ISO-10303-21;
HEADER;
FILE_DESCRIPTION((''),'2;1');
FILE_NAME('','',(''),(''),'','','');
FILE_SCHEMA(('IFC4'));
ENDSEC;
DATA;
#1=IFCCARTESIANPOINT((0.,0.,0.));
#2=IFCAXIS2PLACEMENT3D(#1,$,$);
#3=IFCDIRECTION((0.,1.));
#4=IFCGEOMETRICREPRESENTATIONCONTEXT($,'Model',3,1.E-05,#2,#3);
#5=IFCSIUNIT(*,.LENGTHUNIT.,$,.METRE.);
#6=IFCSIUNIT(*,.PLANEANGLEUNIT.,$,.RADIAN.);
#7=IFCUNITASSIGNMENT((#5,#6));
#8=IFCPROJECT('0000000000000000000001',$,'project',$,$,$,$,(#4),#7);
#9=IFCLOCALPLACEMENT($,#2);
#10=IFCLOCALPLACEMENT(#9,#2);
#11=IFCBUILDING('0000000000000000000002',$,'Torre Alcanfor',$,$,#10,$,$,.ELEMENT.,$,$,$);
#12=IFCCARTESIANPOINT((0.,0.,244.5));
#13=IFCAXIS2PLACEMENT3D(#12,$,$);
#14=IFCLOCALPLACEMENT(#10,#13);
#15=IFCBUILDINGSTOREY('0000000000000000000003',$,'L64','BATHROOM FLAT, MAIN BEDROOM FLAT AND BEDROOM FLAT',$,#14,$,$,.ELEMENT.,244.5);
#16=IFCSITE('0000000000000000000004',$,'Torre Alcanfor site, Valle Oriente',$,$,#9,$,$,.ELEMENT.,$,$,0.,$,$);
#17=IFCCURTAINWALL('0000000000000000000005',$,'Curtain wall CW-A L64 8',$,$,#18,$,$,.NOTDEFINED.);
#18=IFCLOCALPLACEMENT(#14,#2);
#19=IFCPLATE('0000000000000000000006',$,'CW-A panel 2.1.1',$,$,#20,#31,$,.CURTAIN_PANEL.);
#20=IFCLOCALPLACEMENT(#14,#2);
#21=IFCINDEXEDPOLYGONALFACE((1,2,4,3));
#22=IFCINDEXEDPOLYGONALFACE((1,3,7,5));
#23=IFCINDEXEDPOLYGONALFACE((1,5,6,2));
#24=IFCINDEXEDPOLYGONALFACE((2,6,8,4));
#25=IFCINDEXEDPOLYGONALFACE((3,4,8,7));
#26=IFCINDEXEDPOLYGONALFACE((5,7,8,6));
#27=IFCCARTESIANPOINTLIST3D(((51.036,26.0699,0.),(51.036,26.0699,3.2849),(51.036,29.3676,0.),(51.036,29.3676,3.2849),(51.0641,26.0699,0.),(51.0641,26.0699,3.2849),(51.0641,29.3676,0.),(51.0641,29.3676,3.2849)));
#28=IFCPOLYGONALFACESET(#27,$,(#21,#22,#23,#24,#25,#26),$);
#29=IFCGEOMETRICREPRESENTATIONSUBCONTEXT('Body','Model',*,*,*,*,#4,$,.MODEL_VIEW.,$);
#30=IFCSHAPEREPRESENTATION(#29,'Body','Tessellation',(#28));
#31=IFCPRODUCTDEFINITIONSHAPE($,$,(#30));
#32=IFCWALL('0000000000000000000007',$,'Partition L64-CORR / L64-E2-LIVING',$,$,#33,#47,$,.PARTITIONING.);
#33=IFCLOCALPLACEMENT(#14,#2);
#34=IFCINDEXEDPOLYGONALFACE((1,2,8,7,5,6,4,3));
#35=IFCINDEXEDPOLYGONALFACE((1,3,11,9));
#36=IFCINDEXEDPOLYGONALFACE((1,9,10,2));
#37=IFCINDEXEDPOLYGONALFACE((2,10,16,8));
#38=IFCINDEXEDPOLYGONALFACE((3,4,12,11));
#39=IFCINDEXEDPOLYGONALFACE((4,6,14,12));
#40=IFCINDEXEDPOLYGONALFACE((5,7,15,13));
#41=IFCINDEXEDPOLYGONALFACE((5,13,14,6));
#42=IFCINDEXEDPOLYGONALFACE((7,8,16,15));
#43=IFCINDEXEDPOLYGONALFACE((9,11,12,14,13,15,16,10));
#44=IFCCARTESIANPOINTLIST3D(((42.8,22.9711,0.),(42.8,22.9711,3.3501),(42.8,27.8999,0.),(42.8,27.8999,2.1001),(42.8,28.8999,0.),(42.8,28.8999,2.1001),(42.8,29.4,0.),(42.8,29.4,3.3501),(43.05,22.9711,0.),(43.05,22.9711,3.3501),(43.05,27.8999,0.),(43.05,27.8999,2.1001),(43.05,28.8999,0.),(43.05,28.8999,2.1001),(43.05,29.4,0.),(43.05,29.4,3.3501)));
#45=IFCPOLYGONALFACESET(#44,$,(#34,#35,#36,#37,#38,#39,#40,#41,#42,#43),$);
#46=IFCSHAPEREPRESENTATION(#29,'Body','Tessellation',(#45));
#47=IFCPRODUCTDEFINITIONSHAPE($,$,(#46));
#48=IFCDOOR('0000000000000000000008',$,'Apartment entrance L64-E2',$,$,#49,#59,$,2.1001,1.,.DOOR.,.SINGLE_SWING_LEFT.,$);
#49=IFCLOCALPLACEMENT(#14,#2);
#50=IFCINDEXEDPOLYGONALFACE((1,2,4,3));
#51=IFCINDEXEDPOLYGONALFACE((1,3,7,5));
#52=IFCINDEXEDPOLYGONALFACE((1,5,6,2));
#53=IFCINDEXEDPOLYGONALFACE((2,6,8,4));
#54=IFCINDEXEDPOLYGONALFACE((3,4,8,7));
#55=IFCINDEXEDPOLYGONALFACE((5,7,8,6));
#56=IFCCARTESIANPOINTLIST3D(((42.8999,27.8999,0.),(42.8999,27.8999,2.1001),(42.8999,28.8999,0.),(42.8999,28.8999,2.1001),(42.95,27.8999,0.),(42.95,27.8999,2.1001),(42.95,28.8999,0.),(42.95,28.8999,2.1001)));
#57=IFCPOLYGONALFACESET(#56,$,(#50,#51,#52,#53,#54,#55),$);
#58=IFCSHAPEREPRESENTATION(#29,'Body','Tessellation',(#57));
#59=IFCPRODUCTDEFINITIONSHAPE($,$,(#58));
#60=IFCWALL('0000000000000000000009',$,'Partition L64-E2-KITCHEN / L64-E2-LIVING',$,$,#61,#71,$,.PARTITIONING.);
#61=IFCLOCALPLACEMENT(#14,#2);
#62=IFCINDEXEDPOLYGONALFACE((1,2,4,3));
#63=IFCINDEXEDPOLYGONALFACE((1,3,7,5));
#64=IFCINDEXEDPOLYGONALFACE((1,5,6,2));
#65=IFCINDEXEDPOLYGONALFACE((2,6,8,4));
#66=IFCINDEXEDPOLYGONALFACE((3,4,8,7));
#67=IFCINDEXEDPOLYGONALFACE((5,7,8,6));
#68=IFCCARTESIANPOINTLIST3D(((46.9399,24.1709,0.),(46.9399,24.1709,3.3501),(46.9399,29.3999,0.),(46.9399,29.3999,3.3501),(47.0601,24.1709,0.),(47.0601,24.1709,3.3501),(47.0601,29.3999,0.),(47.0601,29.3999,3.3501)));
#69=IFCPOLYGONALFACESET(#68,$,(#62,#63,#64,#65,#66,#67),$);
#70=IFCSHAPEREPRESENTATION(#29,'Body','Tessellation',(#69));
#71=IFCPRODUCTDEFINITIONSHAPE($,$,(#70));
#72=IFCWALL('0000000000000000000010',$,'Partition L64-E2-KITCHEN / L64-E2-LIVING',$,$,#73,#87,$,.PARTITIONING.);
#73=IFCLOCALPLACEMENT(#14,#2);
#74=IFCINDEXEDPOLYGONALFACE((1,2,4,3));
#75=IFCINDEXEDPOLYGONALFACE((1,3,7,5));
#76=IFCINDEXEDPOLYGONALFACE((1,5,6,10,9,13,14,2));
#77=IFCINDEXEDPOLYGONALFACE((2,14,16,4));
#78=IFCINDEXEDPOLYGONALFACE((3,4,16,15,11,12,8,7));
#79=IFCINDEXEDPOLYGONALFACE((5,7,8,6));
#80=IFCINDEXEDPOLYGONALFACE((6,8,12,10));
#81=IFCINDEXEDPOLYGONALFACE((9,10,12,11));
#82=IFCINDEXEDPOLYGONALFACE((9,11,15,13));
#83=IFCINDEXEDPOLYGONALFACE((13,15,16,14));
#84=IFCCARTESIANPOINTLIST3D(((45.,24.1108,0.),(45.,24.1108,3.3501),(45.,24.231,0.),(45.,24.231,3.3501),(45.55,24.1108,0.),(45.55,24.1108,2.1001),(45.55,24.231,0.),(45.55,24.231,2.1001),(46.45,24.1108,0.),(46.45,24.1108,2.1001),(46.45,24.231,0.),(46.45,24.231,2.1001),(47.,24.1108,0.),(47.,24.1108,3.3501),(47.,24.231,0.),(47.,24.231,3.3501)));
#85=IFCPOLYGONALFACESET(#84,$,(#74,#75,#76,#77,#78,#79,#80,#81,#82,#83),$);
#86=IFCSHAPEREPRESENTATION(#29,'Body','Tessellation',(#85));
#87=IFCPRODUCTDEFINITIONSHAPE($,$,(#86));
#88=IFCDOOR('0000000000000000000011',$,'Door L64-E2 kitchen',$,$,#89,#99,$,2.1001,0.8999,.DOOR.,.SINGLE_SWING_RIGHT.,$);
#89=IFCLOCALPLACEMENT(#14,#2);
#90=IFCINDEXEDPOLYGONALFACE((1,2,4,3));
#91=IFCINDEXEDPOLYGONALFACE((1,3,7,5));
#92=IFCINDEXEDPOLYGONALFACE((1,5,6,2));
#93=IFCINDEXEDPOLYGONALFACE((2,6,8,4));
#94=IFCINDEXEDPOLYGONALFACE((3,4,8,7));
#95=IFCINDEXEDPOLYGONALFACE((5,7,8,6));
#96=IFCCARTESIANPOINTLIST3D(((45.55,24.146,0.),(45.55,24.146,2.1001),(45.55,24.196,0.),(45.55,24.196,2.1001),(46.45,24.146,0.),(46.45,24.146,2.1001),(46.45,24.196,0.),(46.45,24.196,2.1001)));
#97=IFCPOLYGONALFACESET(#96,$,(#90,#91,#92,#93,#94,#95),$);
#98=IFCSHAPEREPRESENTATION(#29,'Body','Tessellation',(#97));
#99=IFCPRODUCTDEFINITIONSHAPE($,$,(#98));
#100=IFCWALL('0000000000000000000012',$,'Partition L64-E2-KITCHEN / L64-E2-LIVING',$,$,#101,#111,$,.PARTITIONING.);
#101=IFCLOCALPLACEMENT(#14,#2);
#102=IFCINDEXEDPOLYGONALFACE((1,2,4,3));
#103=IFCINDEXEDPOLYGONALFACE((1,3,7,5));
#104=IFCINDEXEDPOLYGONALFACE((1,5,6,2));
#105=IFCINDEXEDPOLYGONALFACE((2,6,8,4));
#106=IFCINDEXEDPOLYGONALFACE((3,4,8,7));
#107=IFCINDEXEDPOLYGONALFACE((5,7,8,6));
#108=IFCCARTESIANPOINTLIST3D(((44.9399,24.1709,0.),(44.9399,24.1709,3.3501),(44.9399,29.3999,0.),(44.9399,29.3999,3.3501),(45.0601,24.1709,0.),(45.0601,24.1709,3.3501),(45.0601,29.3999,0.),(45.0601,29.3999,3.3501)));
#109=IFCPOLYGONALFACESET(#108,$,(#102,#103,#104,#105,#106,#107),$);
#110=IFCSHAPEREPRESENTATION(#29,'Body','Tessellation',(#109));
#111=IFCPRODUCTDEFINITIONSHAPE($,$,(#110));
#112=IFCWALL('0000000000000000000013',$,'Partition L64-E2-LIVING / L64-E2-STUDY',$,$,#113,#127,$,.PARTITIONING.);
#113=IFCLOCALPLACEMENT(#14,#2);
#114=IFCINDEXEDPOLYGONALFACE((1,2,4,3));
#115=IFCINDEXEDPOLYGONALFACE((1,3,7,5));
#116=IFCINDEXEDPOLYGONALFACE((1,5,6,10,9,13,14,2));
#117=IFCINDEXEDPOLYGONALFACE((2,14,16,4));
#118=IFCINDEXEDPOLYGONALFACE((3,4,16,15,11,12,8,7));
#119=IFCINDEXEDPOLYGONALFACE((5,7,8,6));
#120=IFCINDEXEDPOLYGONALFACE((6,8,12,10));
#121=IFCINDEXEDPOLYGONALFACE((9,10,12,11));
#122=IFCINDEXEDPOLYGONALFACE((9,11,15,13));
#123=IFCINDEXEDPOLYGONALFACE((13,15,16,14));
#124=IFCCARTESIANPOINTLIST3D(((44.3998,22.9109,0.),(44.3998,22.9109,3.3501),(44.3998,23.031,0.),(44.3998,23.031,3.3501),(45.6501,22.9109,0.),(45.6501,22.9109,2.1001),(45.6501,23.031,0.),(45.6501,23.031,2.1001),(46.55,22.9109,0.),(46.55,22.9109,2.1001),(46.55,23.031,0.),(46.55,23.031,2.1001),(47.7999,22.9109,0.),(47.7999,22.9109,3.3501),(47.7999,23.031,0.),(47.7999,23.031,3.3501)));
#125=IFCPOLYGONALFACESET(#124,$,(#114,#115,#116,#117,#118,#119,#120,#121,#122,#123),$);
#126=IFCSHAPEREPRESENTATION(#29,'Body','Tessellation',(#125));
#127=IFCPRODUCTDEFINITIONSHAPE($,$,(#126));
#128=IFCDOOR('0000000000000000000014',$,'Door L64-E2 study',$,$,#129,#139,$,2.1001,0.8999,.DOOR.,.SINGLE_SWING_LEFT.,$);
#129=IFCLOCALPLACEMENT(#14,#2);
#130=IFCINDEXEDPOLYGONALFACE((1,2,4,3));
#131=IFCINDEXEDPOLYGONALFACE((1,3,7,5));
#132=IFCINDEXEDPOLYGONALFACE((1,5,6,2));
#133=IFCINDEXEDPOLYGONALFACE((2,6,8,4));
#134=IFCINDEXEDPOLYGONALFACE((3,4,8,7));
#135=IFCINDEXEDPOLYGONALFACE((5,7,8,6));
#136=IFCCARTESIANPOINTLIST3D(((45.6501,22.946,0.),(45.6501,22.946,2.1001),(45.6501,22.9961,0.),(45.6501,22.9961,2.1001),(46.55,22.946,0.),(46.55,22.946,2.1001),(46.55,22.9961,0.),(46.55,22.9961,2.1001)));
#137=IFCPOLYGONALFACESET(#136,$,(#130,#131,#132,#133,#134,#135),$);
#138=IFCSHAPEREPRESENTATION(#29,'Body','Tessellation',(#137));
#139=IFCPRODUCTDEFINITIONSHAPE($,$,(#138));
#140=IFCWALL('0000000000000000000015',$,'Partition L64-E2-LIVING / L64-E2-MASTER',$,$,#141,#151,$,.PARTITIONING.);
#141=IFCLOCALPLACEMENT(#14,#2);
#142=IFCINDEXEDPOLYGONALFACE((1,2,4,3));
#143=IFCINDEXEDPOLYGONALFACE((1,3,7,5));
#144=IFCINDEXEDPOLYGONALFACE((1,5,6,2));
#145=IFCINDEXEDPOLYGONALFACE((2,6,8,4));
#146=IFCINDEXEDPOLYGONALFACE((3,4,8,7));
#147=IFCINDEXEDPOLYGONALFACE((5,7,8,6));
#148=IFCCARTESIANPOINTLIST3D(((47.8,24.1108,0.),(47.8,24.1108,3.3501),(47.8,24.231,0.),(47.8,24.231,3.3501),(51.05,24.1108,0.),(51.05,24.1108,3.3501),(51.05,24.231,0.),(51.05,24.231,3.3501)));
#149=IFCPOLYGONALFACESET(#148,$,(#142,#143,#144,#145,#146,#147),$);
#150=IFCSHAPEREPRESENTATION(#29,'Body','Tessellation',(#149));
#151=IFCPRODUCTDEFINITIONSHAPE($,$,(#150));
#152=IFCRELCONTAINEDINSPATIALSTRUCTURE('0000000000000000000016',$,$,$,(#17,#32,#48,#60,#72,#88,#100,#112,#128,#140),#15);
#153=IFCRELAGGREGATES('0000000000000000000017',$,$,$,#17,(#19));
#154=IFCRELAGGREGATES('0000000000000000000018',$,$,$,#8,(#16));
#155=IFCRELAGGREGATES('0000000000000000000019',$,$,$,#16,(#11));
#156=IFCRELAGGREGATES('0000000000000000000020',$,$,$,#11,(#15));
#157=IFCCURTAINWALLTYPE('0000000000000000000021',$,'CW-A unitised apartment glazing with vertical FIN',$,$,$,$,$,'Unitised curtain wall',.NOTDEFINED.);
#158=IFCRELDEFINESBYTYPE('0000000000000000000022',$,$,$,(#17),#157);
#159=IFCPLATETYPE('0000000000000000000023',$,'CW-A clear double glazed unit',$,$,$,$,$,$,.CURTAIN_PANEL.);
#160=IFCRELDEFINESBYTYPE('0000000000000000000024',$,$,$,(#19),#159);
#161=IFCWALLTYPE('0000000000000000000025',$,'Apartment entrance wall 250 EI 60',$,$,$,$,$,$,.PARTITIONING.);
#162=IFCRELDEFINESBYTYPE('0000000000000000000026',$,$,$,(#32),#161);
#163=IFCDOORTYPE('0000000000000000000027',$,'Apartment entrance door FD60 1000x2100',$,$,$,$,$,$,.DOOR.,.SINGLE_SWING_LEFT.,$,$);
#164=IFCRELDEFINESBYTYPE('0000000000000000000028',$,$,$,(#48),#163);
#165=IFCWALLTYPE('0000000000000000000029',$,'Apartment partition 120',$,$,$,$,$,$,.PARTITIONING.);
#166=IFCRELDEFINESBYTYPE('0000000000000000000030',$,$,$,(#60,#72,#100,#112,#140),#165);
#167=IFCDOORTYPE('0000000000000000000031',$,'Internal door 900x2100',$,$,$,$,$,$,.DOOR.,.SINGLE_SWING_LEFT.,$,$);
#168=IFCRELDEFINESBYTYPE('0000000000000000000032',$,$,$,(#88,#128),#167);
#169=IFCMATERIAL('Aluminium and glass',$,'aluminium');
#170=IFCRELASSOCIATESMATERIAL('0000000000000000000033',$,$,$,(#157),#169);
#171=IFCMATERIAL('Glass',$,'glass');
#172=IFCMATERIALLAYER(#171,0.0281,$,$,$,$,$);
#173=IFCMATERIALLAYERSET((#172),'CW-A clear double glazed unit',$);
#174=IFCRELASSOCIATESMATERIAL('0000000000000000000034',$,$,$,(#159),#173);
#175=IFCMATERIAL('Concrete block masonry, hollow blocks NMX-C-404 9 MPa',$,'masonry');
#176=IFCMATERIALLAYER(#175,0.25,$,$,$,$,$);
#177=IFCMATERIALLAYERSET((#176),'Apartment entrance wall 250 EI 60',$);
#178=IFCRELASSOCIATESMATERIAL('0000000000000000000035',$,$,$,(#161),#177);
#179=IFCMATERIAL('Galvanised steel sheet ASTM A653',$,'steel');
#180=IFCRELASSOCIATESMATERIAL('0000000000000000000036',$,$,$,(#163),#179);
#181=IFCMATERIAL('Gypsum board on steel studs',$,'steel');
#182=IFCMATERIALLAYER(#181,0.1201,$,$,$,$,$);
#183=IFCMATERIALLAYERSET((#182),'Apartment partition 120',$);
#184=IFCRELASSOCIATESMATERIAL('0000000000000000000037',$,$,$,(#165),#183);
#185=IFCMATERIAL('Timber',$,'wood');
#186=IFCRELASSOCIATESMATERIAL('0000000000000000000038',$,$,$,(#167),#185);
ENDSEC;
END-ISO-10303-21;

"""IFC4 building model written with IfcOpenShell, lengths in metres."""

from ifc_helpers import new_model, si_unit, direction, frame, frame_2d, origin, origin_2d, place, context, subcontext, project, spatial, rectangle, extrude, material, layer, layer_set, type_object, element, fill, aggregate, save


model = new_model("IFC4")

# Units and contexts
model_context = context("Model", 3, precision=1e-05, world=origin(), true_north=direction((0.0, 1.0)))
body_context = subcontext(model_context, "Body", "Model", "MODEL_VIEW")
ifc_project = project(units=[si_unit("LENGTHUNIT", "METRE"), si_unit("PLANEANGLEUNIT", "RADIAN")], contexts=[model_context])

# Site, building, storey
site_placement = place(None, origin())
site = spatial("IfcSite", under=ifc_project, at=site_placement, Name="Torre Alcanfor site, Valle Oriente", CompositionType="ELEMENT", RefElevation=0.0)
building_placement = place(site_placement, origin())
building = spatial("IfcBuilding", under=site, at=building_placement, Name="Torre Alcanfor", CompositionType="ELEMENT")
storey_placement = place(building_placement, frame((0.0, 0.0, 244.5)))
storey = spatial("IfcBuildingStorey", under=building, at=storey_placement, Name="L64", Description="BATHROOM FLAT, MAIN BEDROOM FLAT AND BEDROOM FLAT", CompositionType="ELEMENT", Elevation=244.5)

# Curtain wall
ifc_material_1 = material(Name="Aluminium and glass", Category="aluminium")
curtain_wall_type = type_object("IfcCurtainWallType", Name="CW-A unitised apartment glazing with vertical FIN", ElementType="Unitised curtain wall", PredefinedType="NOTDEFINED", material=ifc_material_1)
curtain_wall_placement = place(storey_placement, origin())
curtain_wall = element("IfcCurtainWall", 1, at=curtain_wall_placement, inside=storey, type_object=curtain_wall_type, Name="Curtain wall CW-A L64 8", PredefinedType="NOTDEFINED")

# Plate
ifc_material_2 = material(Name="Glass", Category="glass")
ifc_layer_1 = layer(ifc_material_2, 0.0281)
ifc_layer_set_1 = layer_set([ifc_layer_1], Name="CW-A clear double glazed unit")
plate_type = type_object("IfcPlateType", Name="CW-A clear double glazed unit", PredefinedType="CURTAIN_PANEL", material=ifc_layer_set_1)
plate_placement = place(storey_placement, frame((51.05, 27.7188, 0.0), z_axis=(0.0, 0.0, 1.0), x_axis=(0.0, 1.0, 0.0)))
plate = element("IfcPlate", 2, at=plate_placement, type_object=plate_type, Name="CW-A panel 2.1.1", PredefinedType="CURTAIN_PANEL", context=body_context, shape_type="SweptSolid", body=[
    extrude(rectangle(XDim=3.2976, YDim=0.0281, at=origin_2d()), origin(), (0.0, 0.0, 1.0), 3.2849),
])
aggregate(curtain_wall, [plate])

# Wall, opening, door
ifc_material_3 = material(Name="Concrete block masonry, hollow blocks NMX-C-404 9 MPa", Category="masonry")
ifc_layer_2 = layer(ifc_material_3, 0.25)
ifc_layer_set_2 = layer_set([ifc_layer_2], Name="Apartment entrance wall 250 EI 60")
wall_type_1 = type_object("IfcWallType", Name="Apartment entrance wall 250 EI 60", PredefinedType="PARTITIONING", material=ifc_layer_set_2)
wall_1_placement = place(storey_placement, frame((42.925, 29.3999, 0.0), z_axis=(0.0, 0.0, 1.0), x_axis=(0.0, -1.0, 0.0)))
wall_1 = element("IfcWall", 3, at=wall_1_placement, inside=storey, type_object=wall_type_1, Name="Partition L64-CORR / L64-E2-LIVING", PredefinedType="PARTITIONING", context=body_context, shape_type="SweptSolid", body=[
    extrude(rectangle(XDim=6.429, YDim=0.25, at=frame_2d((3.2144, 0.0))), origin(), (0.0, 0.0, 1.0), 3.3501),
])
opening_1_placement = place(wall_1_placement, frame((0.5, 0.0, 0.0)))
opening_1 = element("IfcOpeningElement", 4, at=opening_1_placement, cuts=wall_1, PredefinedType="OPENING", context=body_context, shape_type="SweptSolid", body=[
    extrude(rectangle(XDim=1.0, YDim=2.1001, at=frame_2d((0.5, 1.05))), frame((0.0, 0.135, 0.0), z_axis=(0.0, -1.0, 0.0), x_axis=(1.0, 0.0, 0.0)), (0.0, 0.0, 1.0), 0.27),
])
ifc_material_4 = material(Name="Galvanised steel sheet ASTM A653", Category="steel")
door_type_1 = type_object("IfcDoorType", Name="Apartment entrance door FD60 1000x2100", OperationType="SINGLE_SWING_LEFT", PredefinedType="DOOR", material=ifc_material_4)
door_1_placement = place(opening_1_placement, origin())
door_1 = element("IfcDoor", 5, at=door_1_placement, inside=storey, type_object=door_type_1, Name="Apartment entrance L64-E2", OperationType="SINGLE_SWING_LEFT", OverallHeight=2.1001, OverallWidth=1.0, PredefinedType="DOOR", context=body_context, shape_type="SweptSolid", body=[
    extrude(rectangle(XDim=1.0, YDim=2.1001, at=frame_2d((0.5, 1.05))), frame((0.0, 0.0249, 0.0), z_axis=(0.0, -1.0, 0.0), x_axis=(1.0, 0.0, 0.0)), (0.0, 0.0, 1.0), 0.05),
])
fill(opening_1, door_1)

# Wall
ifc_material_5 = material(Name="Gypsum board on steel studs", Category="steel")
ifc_layer_3 = layer(ifc_material_5, 0.1201)
ifc_layer_set_3 = layer_set([ifc_layer_3], Name="Apartment partition 120")
wall_type_2 = type_object("IfcWallType", Name="Apartment partition 120", PredefinedType="PARTITIONING", material=ifc_layer_set_3)
wall_2_placement = place(storey_placement, frame((47.0, 29.3999, 0.0), z_axis=(0.0, 0.0, 1.0), x_axis=(0.0, -1.0, 0.0)))
element("IfcWall", 6, at=wall_2_placement, inside=storey, type_object=wall_type_2, Name="Partition L64-E2-KITCHEN / L64-E2-LIVING", PredefinedType="PARTITIONING", context=body_context, shape_type="SweptSolid", body=[
    extrude(rectangle(XDim=5.229, YDim=0.1201, at=frame_2d((2.6145, 0.0))), origin(), (0.0, 0.0, 1.0), 3.3501),
])

# Wall, opening, door
wall_3_placement = place(storey_placement, frame((47.0, 24.1709, 0.0), z_axis=(0.0, 0.0, 1.0), x_axis=(-1.0, 0.0, 0.0)))
wall_3 = element("IfcWall", 7, at=wall_3_placement, inside=storey, type_object=wall_type_2, Name="Partition L64-E2-KITCHEN / L64-E2-LIVING", PredefinedType="PARTITIONING", context=body_context, shape_type="SweptSolid", body=[
    extrude(rectangle(XDim=2.0, YDim=0.1201, at=frame_2d((1.0, 0.0))), origin(), (0.0, 0.0, 1.0), 3.3501),
])
opening_2_placement = place(wall_3_placement, frame((0.55, 0.0, 0.0)))
opening_2 = element("IfcOpeningElement", 8, at=opening_2_placement, cuts=wall_3, PredefinedType="OPENING", context=body_context, shape_type="SweptSolid", body=[
    extrude(rectangle(XDim=0.8999, YDim=2.1001, at=frame_2d((0.45, 1.05))), frame((0.0, 0.0701, 0.0), z_axis=(0.0, -1.0, 0.0), x_axis=(1.0, 0.0, 0.0)), (0.0, 0.0, 1.0), 0.1401),
])
ifc_material_6 = material(Name="Timber", Category="wood")
door_type_2 = type_object("IfcDoorType", Name="Internal door 900x2100", OperationType="SINGLE_SWING_LEFT", PredefinedType="DOOR", material=ifc_material_6)
door_2_placement = place(opening_2_placement, frame((0.8999, 0.0, 0.0), z_axis=(0.0, 0.0, 1.0), x_axis=(-1.0, 0.0, 0.0)))
door_2 = element("IfcDoor", 9, at=door_2_placement, inside=storey, type_object=door_type_2, Name="Door L64-E2 kitchen", OperationType="SINGLE_SWING_RIGHT", OverallHeight=2.1001, OverallWidth=0.8999, PredefinedType="DOOR", context=body_context, shape_type="SweptSolid", body=[
    extrude(rectangle(XDim=0.8999, YDim=2.1001, at=frame_2d((0.45, 1.05))), frame((0.0, 0.0251, 0.0), z_axis=(0.0, -1.0, 0.0), x_axis=(1.0, 0.0, 0.0)), (0.0, 0.0, 1.0), 0.05),
])
fill(opening_2, door_2)

# Wall
wall_4_placement = place(storey_placement, frame((45.0, 24.1709, 0.0), z_axis=(0.0, 0.0, 1.0), x_axis=(0.0, 1.0, 0.0)))
element("IfcWall", 10, at=wall_4_placement, inside=storey, type_object=wall_type_2, Name="Partition L64-E2-KITCHEN / L64-E2-LIVING", PredefinedType="PARTITIONING", context=body_context, shape_type="SweptSolid", body=[
    extrude(rectangle(XDim=5.229, YDim=0.1201, at=frame_2d((2.6145, 0.0))), origin(), (0.0, 0.0, 1.0), 3.3501),
])

# Wall, opening, door
wall_5_placement = place(storey_placement, frame((47.8, 22.9709, 0.0), z_axis=(0.0, 0.0, 1.0), x_axis=(-1.0, 0.0, 0.0)))
wall_5 = element("IfcWall", 11, at=wall_5_placement, inside=storey, type_object=wall_type_2, Name="Partition L64-E2-LIVING / L64-E2-STUDY", PredefinedType="PARTITIONING", context=body_context, shape_type="SweptSolid", body=[
    extrude(rectangle(XDim=3.4001, YDim=0.1201, at=frame_2d((1.7002, 0.0))), origin(), (0.0, 0.0, 1.0), 3.3501),
])
opening_3_placement = place(wall_5_placement, frame((1.25, 0.0, 0.0)))
opening_3 = element("IfcOpeningElement", 12, at=opening_3_placement, cuts=wall_5, PredefinedType="OPENING", context=body_context, shape_type="SweptSolid", body=[
    extrude(rectangle(XDim=0.8999, YDim=2.1001, at=frame_2d((0.45, 1.05))), frame((0.0, 0.0701, 0.0), z_axis=(0.0, -1.0, 0.0), x_axis=(1.0, 0.0, 0.0)), (0.0, 0.0, 1.0), 0.1401),
])
door_3_placement = place(opening_3_placement, origin())
door_3 = element("IfcDoor", 13, at=door_3_placement, inside=storey, type_object=door_type_2, Name="Door L64-E2 study", OperationType="SINGLE_SWING_LEFT", OverallHeight=2.1001, OverallWidth=0.8999, PredefinedType="DOOR", context=body_context, shape_type="SweptSolid", body=[
    extrude(rectangle(XDim=0.8999, YDim=2.1001, at=frame_2d((0.45, 1.05))), frame((0.0, 0.0249, 0.0), z_axis=(0.0, -1.0, 0.0), x_axis=(1.0, 0.0, 0.0)), (0.0, 0.0, 1.0), 0.05),
])
fill(opening_3, door_3)

# Wall
wall_6_placement = place(storey_placement, frame((51.05, 24.1709, 0.0), z_axis=(0.0, 0.0, 1.0), x_axis=(-1.0, 0.0, 0.0)))
element("IfcWall", 14, at=wall_6_placement, inside=storey, type_object=wall_type_2, Name="Partition L64-E2-LIVING / L64-E2-MASTER", PredefinedType="PARTITIONING", context=body_context, shape_type="SweptSolid", body=[
    extrude(rectangle(XDim=3.25, YDim=0.1201, at=frame_2d((1.625, 0.0))), origin(), (0.0, 0.0, 1.0), 3.3501),
])

save(model, "model.ifc")
